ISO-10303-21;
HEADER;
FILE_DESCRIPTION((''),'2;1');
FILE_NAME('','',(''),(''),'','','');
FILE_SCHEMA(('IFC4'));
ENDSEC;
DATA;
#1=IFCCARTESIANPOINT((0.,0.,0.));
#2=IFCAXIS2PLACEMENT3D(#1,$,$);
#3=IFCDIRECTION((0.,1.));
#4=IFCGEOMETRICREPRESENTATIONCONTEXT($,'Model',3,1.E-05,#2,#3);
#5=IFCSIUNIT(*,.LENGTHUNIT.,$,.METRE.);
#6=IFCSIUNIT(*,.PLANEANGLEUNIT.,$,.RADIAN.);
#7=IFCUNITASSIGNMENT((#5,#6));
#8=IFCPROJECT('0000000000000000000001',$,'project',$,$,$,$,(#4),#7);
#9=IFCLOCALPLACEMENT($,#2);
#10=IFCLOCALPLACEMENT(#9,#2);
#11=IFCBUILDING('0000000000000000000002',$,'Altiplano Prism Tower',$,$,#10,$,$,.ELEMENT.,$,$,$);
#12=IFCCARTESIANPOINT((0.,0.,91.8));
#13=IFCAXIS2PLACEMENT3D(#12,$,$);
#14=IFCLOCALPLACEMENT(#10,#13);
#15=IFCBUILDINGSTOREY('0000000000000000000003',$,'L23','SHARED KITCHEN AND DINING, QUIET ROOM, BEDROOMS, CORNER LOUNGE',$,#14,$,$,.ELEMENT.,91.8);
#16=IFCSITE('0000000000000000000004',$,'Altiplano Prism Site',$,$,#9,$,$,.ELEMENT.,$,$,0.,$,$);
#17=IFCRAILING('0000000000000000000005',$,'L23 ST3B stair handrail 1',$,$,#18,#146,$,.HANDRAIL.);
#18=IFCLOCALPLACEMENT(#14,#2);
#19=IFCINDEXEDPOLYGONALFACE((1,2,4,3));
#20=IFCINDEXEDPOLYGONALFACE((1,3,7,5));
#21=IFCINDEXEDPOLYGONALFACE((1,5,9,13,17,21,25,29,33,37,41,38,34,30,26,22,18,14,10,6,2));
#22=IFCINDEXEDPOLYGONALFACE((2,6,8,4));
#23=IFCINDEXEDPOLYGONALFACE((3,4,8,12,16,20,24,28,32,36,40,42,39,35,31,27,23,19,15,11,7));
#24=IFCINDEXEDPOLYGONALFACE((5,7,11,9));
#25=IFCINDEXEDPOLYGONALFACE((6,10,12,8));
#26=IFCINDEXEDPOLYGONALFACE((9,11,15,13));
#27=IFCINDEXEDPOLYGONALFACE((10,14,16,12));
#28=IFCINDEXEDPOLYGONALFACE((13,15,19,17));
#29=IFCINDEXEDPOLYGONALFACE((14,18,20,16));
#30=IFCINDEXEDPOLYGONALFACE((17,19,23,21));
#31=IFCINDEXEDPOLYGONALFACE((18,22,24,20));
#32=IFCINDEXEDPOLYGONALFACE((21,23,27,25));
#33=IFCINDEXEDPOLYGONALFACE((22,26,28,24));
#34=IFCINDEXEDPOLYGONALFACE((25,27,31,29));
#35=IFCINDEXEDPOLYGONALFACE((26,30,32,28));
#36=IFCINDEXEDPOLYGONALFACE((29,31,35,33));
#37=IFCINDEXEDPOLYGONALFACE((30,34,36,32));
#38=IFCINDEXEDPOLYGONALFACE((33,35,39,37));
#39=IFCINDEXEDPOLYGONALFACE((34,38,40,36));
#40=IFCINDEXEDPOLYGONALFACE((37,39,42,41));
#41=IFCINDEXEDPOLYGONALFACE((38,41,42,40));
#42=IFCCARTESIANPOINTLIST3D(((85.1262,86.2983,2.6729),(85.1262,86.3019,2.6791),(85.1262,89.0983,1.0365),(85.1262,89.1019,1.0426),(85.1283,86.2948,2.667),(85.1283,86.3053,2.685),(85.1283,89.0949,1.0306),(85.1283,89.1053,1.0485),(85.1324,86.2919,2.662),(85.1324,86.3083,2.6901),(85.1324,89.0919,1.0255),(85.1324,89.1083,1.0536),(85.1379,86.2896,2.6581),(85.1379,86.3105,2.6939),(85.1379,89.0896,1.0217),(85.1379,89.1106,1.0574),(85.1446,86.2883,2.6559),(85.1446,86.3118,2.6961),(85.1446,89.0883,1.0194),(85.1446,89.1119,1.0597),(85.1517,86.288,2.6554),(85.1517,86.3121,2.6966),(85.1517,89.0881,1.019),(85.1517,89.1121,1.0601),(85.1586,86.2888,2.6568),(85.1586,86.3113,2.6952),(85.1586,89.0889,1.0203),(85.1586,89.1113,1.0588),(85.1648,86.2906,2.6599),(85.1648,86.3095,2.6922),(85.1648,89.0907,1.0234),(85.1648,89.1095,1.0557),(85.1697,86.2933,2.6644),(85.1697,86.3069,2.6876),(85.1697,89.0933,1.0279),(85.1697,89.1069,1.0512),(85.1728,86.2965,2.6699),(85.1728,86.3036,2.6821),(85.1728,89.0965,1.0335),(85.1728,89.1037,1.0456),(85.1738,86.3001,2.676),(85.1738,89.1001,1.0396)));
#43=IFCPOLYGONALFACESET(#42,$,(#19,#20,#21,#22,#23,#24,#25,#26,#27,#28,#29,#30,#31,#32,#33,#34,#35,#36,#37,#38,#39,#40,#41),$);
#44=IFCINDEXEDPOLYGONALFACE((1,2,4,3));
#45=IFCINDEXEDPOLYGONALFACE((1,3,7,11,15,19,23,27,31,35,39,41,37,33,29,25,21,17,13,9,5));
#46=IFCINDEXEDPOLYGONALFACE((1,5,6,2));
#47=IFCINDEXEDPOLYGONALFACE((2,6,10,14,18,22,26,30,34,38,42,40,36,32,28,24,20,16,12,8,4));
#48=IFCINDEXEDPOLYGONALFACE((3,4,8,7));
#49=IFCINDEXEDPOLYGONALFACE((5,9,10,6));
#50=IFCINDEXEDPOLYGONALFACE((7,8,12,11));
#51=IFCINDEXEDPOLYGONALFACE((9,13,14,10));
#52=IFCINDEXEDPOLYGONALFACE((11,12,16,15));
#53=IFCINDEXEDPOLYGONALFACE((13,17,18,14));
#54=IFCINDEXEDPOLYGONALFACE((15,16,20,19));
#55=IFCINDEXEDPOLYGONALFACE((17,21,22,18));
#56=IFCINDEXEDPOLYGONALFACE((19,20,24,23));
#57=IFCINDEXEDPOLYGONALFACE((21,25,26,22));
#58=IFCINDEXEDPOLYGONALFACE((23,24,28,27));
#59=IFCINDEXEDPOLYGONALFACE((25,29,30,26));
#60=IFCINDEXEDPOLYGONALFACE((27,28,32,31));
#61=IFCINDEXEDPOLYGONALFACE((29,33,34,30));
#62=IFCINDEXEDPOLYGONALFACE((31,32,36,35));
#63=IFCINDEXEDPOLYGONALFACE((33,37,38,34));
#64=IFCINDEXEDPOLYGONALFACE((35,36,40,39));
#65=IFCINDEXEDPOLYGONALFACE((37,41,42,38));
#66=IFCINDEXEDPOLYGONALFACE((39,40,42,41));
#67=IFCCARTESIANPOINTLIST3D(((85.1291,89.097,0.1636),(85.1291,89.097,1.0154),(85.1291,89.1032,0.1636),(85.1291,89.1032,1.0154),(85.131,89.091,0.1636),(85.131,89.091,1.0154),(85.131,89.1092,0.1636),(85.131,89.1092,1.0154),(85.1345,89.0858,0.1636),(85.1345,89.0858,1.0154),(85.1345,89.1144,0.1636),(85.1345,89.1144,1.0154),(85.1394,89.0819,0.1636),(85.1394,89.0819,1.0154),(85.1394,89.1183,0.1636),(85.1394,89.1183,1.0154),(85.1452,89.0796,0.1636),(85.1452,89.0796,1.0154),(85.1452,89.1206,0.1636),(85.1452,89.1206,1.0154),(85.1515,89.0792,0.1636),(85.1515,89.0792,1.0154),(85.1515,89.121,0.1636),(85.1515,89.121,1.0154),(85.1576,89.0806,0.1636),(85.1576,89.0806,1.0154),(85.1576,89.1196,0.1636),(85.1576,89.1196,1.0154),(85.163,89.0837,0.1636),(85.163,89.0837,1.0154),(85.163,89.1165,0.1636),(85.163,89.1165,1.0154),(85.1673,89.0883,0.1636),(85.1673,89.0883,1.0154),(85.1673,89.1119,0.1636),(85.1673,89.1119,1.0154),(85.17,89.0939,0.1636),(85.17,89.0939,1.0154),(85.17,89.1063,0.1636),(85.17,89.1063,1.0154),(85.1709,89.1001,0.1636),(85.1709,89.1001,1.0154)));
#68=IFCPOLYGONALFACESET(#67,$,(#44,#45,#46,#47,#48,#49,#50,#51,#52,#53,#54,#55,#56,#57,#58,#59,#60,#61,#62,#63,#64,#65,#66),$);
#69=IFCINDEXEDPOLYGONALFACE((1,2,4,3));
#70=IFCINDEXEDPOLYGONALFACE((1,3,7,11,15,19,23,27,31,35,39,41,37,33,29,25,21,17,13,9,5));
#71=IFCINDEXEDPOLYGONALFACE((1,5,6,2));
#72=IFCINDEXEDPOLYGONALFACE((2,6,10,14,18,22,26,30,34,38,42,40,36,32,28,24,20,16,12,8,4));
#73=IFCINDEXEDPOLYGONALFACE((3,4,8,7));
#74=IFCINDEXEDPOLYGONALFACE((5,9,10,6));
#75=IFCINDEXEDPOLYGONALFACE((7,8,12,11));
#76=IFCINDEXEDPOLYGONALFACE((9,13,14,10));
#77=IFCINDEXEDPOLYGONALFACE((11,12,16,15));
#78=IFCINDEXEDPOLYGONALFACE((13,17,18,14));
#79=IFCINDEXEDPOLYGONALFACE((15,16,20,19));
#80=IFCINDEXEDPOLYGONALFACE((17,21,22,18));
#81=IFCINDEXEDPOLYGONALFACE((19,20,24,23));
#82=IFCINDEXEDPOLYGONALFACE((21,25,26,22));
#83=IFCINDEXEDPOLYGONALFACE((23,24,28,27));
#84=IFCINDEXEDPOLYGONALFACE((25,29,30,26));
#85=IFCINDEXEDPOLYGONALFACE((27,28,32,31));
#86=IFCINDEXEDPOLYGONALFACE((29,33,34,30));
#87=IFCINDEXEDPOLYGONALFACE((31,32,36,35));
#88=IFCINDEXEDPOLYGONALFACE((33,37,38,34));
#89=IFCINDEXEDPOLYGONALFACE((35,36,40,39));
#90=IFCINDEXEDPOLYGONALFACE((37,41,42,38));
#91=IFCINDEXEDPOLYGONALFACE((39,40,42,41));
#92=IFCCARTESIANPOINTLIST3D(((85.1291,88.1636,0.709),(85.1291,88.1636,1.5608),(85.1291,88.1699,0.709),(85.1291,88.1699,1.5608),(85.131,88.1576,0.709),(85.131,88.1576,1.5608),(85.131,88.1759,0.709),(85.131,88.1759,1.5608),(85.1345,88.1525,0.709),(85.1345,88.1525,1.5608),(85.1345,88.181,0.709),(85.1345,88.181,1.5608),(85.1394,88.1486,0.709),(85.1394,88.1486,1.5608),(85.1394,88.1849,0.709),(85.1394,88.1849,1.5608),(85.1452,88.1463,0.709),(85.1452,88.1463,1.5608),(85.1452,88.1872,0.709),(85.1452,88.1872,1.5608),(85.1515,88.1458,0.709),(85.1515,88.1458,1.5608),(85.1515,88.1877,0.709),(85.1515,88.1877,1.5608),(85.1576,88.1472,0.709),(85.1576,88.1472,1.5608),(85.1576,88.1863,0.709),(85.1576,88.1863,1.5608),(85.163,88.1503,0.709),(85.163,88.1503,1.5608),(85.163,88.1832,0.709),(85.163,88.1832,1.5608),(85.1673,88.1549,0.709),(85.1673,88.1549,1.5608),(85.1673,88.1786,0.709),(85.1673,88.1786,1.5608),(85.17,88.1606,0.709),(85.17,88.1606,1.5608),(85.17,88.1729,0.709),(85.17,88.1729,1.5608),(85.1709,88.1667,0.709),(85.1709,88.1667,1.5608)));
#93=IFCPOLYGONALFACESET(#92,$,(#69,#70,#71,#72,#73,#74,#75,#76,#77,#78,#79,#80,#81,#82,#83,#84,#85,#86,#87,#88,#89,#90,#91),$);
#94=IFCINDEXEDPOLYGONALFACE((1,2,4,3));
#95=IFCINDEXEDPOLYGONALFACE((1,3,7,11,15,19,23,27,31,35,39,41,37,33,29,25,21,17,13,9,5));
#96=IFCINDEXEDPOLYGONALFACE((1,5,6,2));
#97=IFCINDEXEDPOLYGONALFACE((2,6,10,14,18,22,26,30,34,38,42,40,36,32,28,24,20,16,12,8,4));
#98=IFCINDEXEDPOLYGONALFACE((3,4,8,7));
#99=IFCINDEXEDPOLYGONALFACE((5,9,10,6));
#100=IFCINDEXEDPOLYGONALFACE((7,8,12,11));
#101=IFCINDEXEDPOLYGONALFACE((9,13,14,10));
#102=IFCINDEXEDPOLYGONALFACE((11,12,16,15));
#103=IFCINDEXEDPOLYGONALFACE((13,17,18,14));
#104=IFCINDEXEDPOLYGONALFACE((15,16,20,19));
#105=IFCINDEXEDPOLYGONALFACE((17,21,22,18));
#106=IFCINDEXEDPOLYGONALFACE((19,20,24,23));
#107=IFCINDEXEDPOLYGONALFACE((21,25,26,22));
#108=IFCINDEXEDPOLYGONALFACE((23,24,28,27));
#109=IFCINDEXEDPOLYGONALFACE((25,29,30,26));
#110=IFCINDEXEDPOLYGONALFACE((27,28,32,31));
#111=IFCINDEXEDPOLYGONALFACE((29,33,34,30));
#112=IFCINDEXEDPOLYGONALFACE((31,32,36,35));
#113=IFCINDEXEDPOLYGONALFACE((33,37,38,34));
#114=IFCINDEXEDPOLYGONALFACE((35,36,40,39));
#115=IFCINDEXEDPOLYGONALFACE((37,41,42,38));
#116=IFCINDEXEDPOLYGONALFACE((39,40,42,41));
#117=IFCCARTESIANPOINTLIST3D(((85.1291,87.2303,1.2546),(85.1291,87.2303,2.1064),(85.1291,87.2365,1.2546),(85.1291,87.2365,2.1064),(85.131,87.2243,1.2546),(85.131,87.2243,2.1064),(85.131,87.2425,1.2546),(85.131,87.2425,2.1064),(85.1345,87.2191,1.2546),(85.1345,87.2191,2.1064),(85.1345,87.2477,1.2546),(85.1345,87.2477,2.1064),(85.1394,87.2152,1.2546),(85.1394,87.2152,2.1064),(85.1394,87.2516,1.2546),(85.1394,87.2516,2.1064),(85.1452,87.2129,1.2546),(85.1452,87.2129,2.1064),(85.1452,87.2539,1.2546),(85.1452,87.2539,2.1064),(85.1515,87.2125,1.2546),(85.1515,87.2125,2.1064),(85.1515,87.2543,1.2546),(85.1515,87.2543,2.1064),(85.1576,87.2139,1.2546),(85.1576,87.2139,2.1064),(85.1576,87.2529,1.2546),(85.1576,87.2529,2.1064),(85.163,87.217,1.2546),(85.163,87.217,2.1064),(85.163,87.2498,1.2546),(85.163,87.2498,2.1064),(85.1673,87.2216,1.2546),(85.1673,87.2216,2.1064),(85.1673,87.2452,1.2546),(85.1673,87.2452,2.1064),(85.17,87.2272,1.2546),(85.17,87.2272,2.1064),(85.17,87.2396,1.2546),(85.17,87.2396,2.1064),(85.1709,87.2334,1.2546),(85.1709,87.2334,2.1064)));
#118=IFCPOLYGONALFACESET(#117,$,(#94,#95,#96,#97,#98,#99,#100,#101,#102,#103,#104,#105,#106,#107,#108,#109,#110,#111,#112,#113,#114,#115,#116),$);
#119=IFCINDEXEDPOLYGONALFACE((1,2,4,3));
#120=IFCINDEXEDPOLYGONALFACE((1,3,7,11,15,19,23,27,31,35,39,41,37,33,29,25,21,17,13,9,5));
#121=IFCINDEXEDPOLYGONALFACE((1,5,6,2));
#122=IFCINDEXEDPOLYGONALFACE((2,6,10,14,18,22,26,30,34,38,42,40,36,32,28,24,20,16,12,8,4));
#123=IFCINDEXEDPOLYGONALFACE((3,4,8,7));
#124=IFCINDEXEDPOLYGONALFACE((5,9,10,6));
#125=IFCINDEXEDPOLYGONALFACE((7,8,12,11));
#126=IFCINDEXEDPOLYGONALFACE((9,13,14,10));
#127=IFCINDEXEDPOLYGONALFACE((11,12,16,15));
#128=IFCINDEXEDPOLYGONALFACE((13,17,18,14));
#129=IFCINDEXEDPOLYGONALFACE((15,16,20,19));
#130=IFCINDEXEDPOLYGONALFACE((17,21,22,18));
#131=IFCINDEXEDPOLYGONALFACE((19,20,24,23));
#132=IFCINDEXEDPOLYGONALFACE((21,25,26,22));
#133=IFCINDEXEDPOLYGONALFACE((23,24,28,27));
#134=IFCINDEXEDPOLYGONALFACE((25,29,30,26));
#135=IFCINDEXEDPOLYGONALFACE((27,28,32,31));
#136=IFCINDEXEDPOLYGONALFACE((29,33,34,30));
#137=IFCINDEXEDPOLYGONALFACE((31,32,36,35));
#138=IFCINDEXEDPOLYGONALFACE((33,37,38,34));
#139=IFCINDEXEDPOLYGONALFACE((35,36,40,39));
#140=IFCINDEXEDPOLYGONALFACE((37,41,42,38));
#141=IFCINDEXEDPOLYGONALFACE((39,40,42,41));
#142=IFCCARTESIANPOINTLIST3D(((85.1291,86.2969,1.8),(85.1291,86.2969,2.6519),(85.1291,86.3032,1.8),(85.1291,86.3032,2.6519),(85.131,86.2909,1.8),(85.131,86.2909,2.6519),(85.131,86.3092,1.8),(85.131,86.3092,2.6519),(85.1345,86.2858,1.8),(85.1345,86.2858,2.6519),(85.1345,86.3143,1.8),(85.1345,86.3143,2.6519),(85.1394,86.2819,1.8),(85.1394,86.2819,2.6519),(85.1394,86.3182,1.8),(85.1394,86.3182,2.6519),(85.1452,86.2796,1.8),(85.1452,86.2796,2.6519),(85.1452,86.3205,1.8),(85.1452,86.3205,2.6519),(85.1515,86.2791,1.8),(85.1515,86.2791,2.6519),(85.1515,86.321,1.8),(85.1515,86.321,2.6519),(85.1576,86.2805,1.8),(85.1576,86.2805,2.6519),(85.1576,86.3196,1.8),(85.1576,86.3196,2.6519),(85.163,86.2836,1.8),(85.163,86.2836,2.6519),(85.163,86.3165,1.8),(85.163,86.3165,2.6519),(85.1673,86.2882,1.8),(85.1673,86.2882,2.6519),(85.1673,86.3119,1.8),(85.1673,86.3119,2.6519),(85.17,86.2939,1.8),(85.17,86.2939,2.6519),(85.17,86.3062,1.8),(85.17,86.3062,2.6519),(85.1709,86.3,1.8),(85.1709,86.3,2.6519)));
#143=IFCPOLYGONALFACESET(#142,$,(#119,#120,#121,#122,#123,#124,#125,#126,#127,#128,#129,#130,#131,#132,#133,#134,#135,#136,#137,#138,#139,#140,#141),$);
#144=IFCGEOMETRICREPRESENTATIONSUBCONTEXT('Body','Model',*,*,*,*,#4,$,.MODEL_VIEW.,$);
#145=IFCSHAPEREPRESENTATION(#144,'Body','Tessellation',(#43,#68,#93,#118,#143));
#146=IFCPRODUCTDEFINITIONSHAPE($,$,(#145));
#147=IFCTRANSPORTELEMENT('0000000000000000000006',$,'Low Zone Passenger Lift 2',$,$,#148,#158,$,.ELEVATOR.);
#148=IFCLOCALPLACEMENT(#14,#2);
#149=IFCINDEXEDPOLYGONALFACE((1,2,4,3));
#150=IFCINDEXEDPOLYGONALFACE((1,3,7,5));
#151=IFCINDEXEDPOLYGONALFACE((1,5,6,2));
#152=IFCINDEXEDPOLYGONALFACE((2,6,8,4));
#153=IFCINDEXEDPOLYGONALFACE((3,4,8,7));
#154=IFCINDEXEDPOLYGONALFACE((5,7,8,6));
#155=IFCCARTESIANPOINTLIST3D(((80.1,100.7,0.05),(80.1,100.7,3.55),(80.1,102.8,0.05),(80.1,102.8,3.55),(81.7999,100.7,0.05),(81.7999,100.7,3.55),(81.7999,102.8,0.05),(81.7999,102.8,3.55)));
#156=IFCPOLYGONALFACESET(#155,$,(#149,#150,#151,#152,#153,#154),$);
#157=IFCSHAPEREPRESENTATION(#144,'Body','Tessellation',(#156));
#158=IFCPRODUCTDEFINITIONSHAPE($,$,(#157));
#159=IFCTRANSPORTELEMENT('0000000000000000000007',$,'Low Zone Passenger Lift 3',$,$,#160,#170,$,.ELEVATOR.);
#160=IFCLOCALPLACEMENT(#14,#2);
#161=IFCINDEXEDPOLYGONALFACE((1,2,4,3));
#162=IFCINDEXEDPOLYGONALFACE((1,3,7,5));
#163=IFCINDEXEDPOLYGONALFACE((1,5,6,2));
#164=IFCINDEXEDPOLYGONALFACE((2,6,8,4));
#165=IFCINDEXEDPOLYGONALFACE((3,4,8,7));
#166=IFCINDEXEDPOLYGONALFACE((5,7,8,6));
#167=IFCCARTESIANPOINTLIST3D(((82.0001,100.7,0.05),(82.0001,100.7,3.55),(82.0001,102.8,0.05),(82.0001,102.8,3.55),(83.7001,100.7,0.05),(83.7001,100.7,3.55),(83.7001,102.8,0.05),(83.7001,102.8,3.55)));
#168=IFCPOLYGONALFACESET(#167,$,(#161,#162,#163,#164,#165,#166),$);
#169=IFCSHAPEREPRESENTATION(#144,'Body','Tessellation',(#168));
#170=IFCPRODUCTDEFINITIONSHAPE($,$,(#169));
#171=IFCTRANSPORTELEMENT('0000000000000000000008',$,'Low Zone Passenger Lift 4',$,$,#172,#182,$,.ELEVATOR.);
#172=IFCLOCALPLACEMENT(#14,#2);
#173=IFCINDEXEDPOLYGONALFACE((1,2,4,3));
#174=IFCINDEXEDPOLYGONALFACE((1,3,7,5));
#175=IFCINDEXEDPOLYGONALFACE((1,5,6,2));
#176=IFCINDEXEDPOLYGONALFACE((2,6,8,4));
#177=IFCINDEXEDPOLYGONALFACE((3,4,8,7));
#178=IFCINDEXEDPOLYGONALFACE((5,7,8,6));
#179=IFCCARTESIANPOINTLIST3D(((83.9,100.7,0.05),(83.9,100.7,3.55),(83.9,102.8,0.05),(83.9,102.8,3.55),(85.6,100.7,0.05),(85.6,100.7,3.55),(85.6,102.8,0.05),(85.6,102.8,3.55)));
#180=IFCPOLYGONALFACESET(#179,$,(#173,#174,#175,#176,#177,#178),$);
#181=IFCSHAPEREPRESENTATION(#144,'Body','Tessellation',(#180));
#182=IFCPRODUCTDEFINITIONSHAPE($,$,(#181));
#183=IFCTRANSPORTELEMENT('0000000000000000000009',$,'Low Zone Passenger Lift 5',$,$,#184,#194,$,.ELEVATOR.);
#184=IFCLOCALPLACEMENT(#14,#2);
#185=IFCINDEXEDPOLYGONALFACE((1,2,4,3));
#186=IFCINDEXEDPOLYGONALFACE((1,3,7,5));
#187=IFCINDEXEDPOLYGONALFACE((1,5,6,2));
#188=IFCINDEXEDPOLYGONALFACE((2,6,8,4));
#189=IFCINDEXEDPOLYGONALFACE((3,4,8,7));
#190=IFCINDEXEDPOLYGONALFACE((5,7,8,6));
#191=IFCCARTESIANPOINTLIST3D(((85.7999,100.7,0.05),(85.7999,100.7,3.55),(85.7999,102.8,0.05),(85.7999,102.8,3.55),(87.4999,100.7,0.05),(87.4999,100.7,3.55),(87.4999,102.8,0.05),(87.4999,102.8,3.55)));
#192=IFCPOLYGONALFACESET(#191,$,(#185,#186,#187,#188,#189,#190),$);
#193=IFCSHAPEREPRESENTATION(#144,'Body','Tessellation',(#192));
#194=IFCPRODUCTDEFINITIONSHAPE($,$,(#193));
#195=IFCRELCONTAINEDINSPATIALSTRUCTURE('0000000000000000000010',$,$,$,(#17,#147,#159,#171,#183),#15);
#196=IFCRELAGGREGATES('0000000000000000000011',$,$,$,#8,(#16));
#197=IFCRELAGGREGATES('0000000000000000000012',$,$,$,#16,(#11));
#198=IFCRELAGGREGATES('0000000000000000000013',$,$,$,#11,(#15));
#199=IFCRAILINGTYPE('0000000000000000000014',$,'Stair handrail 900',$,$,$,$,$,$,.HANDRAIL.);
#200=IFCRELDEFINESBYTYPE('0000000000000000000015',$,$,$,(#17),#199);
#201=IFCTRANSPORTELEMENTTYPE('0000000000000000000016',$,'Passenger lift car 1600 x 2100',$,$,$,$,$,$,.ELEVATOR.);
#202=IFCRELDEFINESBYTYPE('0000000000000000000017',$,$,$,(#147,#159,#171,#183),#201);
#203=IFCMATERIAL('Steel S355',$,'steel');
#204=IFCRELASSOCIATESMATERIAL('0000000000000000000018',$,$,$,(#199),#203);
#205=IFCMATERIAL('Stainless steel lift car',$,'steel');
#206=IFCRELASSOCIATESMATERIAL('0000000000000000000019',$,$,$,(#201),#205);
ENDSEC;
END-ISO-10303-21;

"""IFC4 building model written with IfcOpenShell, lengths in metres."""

from ifc_helpers import new_model, si_unit, direction, frame, origin, origin_2d, place, context, subcontext, project, spatial, rectangle, circle, extrude, material, type_object, element, save


model = new_model("IFC4")

# Units and contexts
model_context = context("Model", 3, precision=1e-05, world=origin(), true_north=direction((0.0, 1.0)))
body_context = subcontext(model_context, "Body", "Model", "MODEL_VIEW")
ifc_project = project(units=[si_unit("LENGTHUNIT", "METRE"), si_unit("PLANEANGLEUNIT", "RADIAN")], contexts=[model_context])

# Site, building, storey
site_placement = place(None, origin())
site = spatial("IfcSite", under=ifc_project, at=site_placement, Name="Altiplano Prism Site", CompositionType="ELEMENT", RefElevation=0.0)
building_placement = place(site_placement, origin())
building = spatial("IfcBuilding", under=site, at=building_placement, Name="Altiplano Prism Tower", CompositionType="ELEMENT")
storey_placement = place(building_placement, frame((0.0, 0.0, 91.8)))
storey = spatial("IfcBuildingStorey", under=building, at=storey_placement, Name="L23", Description="SHARED KITCHEN AND DINING, QUIET ROOM, BEDROOMS, CORNER LOUNGE", CompositionType="ELEMENT", Elevation=91.8)

# Railing
ifc_material_1 = material(Name="Steel S355", Category="steel")
railing_type_1 = type_object("IfcRailingType", Name="Stair handrail 900", PredefinedType="HANDRAIL", material=ifc_material_1)
for number, where, name in (
    (1, (85.1499, 89.1001, 0.1636), "L23 ST3B stair handrail 1"),
):
    element("IfcRailing", number, at=place(storey_placement, frame(where)), inside=storey, type_object=railing_type_1, Name=name, PredefinedType="HANDRAIL", context=body_context, shape_type="SweptSolid", body=[
        extrude(circle(Radius=0.0239, at=origin_2d()), frame((0.0, 0.0, 0.876), z_axis=(0.0, -0.863361, 0.504587), x_axis=(1.0, 0.0, 0.0)), (0.0, 0.0, 1.0), 3.2432),
        extrude(circle(Radius=0.021, at=origin_2d()), origin(), (0.0, 0.0, 1.0), 0.8518),
        extrude(circle(Radius=0.021, at=origin_2d()), frame((0.0, -0.9333, 0.5454)), (0.0, 0.0, 1.0), 0.8518),
        extrude(circle(Radius=0.021, at=origin_2d()), frame((0.0, -1.8667, 1.0911)), (0.0, 0.0, 1.0), 0.8518),
        extrude(circle(Radius=0.021, at=origin_2d()), frame((0.0, -2.8, 1.6365)), (0.0, 0.0, 1.0), 0.8518),
    ])

# Transport elements
ifc_material_2 = material(Name="Stainless steel lift car", Category="steel")
transport_element_type = type_object("IfcTransportElementType", Name="Passenger lift car 1600 x 2100", PredefinedType="ELEVATOR", material=ifc_material_2)
for number, where, z_axis, x_axis, name in (
    (2, (80.95, 101.75, 0.05), (0.0, 0.0, 1.0), (1.0, 0.0, 0.0), "Low Zone Passenger Lift 2"),
    (3, (82.8501, 101.75, 0.05), (0.0, 0.0, 1.0), (1.0, 0.0, 0.0), "Low Zone Passenger Lift 3"),
    (4, (84.75, 101.75, 0.05), (0.0, 0.0, 1.0), (1.0, 0.0, 0.0), "Low Zone Passenger Lift 4"),
    (5, (86.6499, 101.75, 0.05), (0.0, 0.0, 1.0), (1.0, 0.0, 0.0), "Low Zone Passenger Lift 5"),
):
    element("IfcTransportElement", number, at=place(storey_placement, frame(where, z_axis=z_axis, x_axis=x_axis)), inside=storey, type_object=transport_element_type, Name=name, PredefinedType="ELEVATOR", context=body_context, shape_type="SweptSolid", body=[
        extrude(rectangle(XDim=1.7, YDim=2.1001, at=origin_2d()), origin(), (0.0, 0.0, 1.0), 3.5),
    ])

save(model, "model.ifc")
